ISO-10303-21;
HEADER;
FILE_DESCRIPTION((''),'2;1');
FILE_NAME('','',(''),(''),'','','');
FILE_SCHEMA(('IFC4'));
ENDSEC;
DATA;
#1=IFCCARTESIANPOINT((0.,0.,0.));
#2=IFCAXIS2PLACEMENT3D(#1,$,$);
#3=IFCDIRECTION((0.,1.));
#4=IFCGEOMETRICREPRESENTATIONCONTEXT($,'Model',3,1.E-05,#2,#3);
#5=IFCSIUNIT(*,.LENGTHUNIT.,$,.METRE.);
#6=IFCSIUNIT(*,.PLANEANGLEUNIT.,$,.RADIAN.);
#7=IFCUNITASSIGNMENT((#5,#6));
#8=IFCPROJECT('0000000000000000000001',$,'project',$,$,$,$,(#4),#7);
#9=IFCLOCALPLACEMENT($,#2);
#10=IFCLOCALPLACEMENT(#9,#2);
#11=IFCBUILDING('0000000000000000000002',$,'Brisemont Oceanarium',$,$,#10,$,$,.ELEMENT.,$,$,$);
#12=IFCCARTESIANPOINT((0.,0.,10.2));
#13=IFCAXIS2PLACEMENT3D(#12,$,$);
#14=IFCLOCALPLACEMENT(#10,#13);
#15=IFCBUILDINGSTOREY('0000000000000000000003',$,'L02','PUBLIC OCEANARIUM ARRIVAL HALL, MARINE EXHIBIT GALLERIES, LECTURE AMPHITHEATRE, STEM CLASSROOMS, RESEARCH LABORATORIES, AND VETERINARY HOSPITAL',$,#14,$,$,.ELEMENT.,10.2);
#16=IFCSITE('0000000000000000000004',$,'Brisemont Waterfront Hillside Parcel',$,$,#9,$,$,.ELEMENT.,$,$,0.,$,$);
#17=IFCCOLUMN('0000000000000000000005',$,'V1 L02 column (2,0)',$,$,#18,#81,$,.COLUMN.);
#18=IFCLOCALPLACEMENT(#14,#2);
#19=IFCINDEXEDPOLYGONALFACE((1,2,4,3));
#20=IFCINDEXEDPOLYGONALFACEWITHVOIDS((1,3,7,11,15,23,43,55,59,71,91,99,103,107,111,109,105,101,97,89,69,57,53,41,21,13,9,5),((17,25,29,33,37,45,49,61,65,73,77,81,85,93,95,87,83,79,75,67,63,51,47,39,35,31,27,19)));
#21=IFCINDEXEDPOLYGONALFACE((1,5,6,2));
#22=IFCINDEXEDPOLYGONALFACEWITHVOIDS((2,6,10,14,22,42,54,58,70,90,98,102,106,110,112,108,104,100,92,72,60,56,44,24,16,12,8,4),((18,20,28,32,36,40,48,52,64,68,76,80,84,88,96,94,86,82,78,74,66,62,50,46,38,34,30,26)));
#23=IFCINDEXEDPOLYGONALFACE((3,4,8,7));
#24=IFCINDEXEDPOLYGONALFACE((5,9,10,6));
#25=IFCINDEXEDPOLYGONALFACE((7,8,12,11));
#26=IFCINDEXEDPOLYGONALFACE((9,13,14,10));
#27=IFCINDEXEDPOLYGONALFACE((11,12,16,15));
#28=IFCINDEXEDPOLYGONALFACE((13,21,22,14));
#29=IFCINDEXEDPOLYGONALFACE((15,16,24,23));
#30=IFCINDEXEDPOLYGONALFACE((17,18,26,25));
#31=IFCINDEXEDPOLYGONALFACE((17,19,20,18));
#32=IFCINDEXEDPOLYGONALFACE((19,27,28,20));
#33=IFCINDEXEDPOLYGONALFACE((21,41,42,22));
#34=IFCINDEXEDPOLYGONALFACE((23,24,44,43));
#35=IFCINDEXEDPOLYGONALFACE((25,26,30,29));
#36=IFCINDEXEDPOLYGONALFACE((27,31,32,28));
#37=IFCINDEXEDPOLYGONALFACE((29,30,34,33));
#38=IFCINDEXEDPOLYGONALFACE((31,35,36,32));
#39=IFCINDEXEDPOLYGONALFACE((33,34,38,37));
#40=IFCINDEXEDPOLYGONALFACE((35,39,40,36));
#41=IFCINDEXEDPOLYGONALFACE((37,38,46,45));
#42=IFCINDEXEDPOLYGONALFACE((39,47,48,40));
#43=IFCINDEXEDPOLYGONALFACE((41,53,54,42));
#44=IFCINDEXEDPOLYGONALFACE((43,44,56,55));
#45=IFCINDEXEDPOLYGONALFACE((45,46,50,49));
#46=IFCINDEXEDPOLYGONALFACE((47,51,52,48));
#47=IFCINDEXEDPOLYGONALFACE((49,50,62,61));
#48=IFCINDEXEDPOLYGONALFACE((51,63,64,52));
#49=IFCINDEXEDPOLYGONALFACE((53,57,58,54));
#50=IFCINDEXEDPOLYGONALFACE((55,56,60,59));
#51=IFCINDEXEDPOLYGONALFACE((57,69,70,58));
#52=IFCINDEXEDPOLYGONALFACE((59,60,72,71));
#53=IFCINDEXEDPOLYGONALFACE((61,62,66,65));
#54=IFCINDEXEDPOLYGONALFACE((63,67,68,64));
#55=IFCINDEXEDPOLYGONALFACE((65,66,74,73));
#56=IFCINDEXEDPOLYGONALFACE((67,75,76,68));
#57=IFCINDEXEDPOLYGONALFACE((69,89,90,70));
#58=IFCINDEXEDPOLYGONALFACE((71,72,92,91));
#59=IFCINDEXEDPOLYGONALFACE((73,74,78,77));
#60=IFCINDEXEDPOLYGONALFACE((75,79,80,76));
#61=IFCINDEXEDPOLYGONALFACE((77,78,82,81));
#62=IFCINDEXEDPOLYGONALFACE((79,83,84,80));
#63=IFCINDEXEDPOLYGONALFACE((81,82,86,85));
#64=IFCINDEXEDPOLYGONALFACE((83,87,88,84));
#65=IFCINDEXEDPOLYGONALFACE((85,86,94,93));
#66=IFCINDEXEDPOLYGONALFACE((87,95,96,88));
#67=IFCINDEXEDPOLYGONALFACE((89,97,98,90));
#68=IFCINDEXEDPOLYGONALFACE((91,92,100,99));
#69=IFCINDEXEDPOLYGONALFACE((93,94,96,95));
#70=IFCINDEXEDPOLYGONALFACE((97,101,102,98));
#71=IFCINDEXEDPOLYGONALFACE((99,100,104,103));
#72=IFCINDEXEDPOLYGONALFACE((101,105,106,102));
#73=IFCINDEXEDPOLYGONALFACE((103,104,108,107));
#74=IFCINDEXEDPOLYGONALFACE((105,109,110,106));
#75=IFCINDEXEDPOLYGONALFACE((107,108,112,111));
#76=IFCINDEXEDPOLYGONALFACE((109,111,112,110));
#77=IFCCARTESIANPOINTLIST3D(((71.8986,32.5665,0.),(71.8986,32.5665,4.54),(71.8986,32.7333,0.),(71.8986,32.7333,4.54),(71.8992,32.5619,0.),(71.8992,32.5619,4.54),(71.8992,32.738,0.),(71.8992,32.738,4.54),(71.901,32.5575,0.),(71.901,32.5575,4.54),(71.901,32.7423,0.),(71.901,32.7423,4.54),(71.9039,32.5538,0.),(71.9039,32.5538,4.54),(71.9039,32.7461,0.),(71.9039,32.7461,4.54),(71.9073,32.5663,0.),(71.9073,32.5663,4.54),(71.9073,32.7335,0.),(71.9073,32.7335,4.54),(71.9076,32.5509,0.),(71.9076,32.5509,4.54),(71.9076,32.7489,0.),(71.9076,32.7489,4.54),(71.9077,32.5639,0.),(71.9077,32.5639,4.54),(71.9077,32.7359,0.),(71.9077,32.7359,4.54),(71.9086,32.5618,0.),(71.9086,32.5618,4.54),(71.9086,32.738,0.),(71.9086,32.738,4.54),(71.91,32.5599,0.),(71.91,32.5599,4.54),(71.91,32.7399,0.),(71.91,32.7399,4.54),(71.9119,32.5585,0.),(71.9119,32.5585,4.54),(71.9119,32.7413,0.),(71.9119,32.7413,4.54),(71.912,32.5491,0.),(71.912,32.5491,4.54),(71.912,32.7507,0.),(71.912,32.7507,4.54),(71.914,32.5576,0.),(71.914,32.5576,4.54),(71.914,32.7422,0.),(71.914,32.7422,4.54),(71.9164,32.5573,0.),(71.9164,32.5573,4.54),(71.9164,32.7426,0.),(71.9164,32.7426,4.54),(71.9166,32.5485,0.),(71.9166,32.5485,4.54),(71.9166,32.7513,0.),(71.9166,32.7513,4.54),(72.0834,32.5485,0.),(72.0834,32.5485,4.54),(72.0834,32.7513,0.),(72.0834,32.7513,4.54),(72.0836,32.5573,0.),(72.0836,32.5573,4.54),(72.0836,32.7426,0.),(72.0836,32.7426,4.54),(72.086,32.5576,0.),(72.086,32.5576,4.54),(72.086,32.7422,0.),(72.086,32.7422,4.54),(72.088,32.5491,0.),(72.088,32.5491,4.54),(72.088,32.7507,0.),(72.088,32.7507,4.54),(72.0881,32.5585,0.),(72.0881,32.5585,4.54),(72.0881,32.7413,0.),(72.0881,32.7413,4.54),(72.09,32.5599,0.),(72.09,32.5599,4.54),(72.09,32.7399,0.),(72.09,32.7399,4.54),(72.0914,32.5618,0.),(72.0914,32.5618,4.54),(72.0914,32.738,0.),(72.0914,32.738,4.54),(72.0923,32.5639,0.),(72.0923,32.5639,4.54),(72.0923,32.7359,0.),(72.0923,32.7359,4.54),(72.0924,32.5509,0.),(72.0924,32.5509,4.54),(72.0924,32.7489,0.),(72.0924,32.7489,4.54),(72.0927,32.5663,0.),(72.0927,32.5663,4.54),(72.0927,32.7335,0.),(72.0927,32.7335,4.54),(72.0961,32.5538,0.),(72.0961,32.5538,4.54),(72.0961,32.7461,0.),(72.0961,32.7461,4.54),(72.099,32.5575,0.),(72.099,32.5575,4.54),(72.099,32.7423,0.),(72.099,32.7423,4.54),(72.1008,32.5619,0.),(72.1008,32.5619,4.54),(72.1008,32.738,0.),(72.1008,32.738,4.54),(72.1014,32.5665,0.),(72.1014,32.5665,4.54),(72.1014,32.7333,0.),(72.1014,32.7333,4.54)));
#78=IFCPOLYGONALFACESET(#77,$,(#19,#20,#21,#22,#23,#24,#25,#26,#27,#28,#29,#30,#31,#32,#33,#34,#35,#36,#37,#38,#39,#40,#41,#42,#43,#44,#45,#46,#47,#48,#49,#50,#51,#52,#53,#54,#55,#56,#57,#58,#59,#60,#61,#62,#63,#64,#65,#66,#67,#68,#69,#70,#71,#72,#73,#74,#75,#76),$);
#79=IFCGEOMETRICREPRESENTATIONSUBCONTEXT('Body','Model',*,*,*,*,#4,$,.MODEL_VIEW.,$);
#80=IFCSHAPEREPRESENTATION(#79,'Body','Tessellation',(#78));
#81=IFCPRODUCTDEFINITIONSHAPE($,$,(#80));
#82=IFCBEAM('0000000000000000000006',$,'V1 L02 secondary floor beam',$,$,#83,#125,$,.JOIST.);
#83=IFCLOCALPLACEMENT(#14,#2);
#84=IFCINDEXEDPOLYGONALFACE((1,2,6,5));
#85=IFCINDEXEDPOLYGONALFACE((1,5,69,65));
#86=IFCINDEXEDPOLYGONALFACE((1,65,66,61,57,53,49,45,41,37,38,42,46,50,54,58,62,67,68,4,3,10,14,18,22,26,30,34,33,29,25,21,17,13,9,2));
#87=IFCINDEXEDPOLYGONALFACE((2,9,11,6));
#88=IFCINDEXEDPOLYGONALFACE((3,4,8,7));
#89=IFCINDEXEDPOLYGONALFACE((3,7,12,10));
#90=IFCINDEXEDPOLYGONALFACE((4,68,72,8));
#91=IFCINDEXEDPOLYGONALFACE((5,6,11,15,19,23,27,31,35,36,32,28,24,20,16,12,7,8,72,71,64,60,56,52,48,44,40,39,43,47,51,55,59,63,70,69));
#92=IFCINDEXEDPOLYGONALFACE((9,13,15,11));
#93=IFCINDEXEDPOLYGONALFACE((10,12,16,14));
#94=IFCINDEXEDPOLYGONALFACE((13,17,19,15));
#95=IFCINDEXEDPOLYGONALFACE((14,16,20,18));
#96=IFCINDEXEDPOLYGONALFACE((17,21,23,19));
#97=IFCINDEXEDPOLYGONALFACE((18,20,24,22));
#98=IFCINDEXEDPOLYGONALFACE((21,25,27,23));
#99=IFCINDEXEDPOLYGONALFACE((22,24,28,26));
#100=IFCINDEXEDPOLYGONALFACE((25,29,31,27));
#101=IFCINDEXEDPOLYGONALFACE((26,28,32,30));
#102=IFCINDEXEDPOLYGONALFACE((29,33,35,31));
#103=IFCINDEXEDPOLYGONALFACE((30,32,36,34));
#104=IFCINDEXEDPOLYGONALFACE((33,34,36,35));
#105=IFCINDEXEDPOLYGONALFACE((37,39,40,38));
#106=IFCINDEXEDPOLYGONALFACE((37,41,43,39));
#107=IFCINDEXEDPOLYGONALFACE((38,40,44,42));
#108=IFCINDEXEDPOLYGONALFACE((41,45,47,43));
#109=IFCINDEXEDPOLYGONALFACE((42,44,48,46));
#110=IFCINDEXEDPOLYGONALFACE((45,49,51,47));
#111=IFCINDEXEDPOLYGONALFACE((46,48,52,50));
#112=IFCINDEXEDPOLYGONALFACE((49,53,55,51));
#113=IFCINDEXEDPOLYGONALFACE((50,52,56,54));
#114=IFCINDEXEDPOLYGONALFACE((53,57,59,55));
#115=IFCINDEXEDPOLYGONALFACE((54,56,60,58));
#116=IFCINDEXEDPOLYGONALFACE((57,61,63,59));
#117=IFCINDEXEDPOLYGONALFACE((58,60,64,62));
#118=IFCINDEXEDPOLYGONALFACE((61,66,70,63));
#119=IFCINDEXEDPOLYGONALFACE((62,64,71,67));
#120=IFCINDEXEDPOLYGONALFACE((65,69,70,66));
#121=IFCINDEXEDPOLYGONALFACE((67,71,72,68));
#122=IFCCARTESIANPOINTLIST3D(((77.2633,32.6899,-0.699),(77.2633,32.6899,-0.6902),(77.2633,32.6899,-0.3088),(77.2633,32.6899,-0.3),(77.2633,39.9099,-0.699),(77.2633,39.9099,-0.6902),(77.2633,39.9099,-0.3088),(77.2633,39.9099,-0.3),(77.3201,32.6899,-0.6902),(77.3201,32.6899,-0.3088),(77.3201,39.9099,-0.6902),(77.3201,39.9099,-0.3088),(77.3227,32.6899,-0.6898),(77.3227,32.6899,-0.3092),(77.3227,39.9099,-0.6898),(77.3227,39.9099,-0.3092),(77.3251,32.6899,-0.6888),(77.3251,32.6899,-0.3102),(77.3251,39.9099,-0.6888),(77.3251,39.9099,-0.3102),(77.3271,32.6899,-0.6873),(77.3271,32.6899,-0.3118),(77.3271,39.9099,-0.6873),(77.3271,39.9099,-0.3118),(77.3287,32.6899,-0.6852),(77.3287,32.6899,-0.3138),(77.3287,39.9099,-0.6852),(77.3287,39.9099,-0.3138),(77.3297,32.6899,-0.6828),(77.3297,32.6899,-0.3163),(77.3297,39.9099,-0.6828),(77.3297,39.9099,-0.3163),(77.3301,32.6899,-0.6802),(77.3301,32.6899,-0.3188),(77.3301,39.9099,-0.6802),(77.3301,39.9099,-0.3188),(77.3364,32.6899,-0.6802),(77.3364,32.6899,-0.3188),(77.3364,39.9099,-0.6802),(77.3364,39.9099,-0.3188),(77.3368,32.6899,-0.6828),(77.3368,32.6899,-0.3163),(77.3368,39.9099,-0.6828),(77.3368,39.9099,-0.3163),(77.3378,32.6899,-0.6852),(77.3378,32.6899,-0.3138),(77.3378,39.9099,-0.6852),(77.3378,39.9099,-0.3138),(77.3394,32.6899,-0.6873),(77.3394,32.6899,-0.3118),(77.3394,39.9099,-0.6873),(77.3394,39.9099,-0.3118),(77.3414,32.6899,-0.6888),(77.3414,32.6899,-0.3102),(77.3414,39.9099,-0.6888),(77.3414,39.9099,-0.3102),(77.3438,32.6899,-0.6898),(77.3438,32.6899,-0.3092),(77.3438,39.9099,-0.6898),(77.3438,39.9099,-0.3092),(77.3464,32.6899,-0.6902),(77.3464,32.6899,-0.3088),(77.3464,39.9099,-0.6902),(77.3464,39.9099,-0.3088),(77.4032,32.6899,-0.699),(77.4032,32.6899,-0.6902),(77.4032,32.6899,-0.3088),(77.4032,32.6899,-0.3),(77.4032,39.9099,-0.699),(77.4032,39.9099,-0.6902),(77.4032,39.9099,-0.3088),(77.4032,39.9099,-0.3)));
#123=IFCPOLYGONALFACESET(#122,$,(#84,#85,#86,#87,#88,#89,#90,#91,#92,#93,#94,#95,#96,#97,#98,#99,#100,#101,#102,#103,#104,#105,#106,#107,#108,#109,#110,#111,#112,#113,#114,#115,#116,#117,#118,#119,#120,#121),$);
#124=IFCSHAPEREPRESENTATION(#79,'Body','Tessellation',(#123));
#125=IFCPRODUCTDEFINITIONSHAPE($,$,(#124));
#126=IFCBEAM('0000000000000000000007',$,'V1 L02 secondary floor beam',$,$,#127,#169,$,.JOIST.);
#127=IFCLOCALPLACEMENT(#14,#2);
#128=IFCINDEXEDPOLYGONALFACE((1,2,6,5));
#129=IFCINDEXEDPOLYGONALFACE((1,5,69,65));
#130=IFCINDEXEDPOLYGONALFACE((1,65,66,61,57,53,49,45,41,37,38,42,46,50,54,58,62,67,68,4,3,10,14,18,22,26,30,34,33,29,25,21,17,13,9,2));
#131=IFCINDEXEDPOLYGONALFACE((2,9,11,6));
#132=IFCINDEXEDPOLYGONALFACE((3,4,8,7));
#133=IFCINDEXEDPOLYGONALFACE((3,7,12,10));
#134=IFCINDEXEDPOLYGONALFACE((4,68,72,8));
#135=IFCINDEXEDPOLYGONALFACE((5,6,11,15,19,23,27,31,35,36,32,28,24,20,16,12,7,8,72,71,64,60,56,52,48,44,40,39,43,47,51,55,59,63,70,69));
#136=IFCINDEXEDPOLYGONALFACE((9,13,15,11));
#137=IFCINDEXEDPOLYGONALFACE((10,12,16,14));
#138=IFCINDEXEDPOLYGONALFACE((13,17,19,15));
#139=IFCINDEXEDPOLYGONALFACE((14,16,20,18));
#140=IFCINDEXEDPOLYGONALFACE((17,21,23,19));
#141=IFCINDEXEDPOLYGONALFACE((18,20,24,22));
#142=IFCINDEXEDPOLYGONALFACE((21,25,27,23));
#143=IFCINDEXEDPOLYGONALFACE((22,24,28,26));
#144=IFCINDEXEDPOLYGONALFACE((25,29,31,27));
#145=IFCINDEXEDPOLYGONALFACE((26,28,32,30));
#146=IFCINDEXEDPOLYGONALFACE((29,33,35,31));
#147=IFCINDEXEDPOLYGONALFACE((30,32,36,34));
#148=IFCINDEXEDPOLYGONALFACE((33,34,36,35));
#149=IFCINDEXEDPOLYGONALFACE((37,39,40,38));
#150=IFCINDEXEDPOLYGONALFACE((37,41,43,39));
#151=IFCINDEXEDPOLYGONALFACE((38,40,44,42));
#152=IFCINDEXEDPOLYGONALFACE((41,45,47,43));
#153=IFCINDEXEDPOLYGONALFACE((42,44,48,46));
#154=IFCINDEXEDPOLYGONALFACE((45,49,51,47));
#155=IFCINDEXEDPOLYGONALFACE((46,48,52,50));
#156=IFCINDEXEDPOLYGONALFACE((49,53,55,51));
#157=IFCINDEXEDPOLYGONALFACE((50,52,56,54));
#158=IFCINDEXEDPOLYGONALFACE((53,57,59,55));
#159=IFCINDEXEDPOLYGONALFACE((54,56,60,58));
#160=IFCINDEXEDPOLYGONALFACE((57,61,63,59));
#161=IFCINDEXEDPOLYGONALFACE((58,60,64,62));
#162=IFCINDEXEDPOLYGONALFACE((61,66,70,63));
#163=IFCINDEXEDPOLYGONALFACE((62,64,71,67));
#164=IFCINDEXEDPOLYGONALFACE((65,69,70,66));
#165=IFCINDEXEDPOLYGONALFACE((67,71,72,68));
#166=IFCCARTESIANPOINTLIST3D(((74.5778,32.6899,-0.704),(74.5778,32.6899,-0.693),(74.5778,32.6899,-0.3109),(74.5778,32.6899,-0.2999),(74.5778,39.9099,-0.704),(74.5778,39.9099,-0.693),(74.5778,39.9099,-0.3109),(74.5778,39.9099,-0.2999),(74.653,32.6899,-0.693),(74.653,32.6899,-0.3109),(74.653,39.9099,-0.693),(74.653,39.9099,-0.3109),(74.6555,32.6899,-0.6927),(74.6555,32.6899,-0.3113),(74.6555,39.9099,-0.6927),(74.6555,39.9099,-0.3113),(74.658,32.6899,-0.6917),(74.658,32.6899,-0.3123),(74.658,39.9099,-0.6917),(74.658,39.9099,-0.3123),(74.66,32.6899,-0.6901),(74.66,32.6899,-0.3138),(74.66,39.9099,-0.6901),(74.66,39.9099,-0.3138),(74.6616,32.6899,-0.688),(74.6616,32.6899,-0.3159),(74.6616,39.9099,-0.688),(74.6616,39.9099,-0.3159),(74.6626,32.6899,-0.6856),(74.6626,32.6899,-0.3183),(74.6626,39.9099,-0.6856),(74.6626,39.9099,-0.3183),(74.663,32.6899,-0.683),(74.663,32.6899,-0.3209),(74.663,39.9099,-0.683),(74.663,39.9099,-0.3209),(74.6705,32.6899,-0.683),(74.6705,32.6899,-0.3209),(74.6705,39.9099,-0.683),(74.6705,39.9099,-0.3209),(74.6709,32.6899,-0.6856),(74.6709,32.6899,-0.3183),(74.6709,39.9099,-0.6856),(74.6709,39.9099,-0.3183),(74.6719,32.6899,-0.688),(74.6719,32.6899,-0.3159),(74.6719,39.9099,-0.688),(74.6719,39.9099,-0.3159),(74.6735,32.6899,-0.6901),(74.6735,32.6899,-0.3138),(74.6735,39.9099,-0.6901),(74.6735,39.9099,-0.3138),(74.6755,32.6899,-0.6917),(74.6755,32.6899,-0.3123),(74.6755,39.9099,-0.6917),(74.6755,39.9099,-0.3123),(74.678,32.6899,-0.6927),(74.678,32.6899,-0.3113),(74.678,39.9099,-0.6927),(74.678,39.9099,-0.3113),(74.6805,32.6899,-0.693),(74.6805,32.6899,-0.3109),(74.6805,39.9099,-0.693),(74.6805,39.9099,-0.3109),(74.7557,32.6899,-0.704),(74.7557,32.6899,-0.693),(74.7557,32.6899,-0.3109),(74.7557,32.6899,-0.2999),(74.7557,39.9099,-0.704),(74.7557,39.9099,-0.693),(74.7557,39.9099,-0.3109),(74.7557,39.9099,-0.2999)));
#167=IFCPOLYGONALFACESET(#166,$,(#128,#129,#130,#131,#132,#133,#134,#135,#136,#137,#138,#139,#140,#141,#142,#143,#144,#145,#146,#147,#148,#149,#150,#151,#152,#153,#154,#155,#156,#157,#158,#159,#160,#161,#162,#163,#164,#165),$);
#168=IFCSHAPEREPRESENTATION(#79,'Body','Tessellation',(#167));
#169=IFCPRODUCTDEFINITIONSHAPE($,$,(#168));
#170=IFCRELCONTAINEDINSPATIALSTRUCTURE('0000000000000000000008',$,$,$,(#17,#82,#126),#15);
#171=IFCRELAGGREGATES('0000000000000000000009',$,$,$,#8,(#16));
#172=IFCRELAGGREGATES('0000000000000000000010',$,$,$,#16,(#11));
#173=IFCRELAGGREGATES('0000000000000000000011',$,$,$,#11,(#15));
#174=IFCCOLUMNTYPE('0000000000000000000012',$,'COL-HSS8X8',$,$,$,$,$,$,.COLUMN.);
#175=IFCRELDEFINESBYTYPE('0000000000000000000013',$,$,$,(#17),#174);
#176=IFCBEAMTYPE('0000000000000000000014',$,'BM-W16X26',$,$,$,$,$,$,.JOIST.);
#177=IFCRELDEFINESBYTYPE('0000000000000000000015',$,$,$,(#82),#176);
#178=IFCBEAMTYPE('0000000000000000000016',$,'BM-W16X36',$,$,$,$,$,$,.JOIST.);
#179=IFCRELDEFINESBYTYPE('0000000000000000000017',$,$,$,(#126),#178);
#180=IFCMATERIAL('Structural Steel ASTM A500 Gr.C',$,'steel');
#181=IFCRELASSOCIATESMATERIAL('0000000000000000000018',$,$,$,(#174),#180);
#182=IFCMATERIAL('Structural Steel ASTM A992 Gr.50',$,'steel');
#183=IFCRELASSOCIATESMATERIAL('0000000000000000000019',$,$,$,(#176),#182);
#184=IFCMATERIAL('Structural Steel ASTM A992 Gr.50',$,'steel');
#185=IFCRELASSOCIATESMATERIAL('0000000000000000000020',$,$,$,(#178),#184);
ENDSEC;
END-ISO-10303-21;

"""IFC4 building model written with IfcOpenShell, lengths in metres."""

from ifc_helpers import new_model, si_unit, direction, frame, origin, origin_2d, place, context, subcontext, project, spatial, hollow_rectangle, i_section, extrude, material, material_profile, profile_set, type_object, element, save


model = new_model("IFC4")

# Units and contexts
model_context = context("Model", 3, precision=1e-05, world=origin(), true_north=direction((0.0, 1.0)))
body_context = subcontext(model_context, "Body", "Model", "MODEL_VIEW")
ifc_project = project(units=[si_unit("LENGTHUNIT", "METRE"), si_unit("PLANEANGLEUNIT", "RADIAN")], contexts=[model_context])

# Site, building, storey
site_placement = place(None, origin())
site = spatial("IfcSite", under=ifc_project, at=site_placement, Name="Brisemont Waterfront Hillside Parcel", CompositionType="ELEMENT", RefElevation=0.0)
building_placement = place(site_placement, origin())
building = spatial("IfcBuilding", under=site, at=building_placement, Name="Brisemont Oceanarium", CompositionType="ELEMENT")
storey_placement = place(building_placement, frame((0.0, 0.0, 10.2)))
storey = spatial("IfcBuildingStorey", under=building, at=storey_placement, Name="L02", Description="PUBLIC OCEANARIUM ARRIVAL HALL, MARINE EXHIBIT GALLERIES, LECTURE AMPHITHEATRE, STEM CLASSROOMS, RESEARCH LABORATORIES, AND VETERINARY HOSPITAL", CompositionType="ELEMENT", Elevation=10.2)

# Column
ifc_material_1 = material(Name="Structural Steel ASTM A500 Gr.C", Category="steel")
ifc_material_profile_1 = material_profile(ifc_material_1, hollow_rectangle(XDim=0.2029, YDim=0.2029, WallThickness=0.0088, InnerFilletRadius=0.009, OuterFilletRadius=0.0181, at=origin_2d()), Name="HSS8X8X3/8")
ifc_profile_set_1 = profile_set([ifc_material_profile_1], Name="Structural Steel ASTM A500 Gr.C")
column_type_1 = type_object("IfcColumnType", Name="COL-HSS8X8", PredefinedType="COLUMN", material=ifc_profile_set_1)
column_1_placement = place(storey_placement, frame((72.0, 32.6499, 0.0), z_axis=(0.0, 0.0, 1.0), x_axis=(1.0, 0.0, 0.0)))
element("IfcColumn", 1, at=column_1_placement, inside=storey, type_object=column_type_1, Name="V1 L02 column (2,0)", PredefinedType="COLUMN", context=body_context, shape_type="SweptSolid", body=[
    extrude(hollow_rectangle(XDim=0.2029, YDim=0.2029, WallThickness=0.0088, InnerFilletRadius=0.009, OuterFilletRadius=0.0181, at=origin_2d()), origin(), (0.0, 0.0, 1.0), 4.54),
])

# Beams
ifc_material_2 = material(Name="Structural Steel ASTM A992 Gr.50", Category="steel")
ifc_material_profile_2 = material_profile(ifc_material_2, i_section(OverallWidth=0.1399, OverallDepth=0.3989, WebThickness=0.0063, FlangeThickness=0.0088, FilletRadius=0.01, at=origin_2d()), Name="W16X26")
ifc_profile_set_2 = profile_set([ifc_material_profile_2], Name="Structural Steel ASTM A992 Gr.50")
beam_type_1 = type_object("IfcBeamType", Name="BM-W16X26", PredefinedType="JOIST", material=ifc_profile_set_2)
beam_1_placement = place(storey_placement, frame((77.3333, 32.6899, -0.4995), z_axis=(0.0, 1.0, 0.0), x_axis=(-1.0, 0.0, 0.0)))
element("IfcBeam", 2, at=beam_1_placement, inside=storey, type_object=beam_type_1, Name="V1 L02 secondary floor beam", PredefinedType="JOIST", context=body_context, shape_type="SweptSolid", body=[
    extrude(i_section(OverallWidth=0.1399, OverallDepth=0.3989, WebThickness=0.0063, FlangeThickness=0.0088, FilletRadius=0.01, at=origin_2d()), origin(), (0.0, 0.0, 1.0), 7.22),
])
ifc_material_3 = material(Name="Structural Steel ASTM A992 Gr.50", Category="steel")
ifc_material_profile_3 = material_profile(ifc_material_3, i_section(OverallWidth=0.178, OverallDepth=0.4041, WebThickness=0.0076, FlangeThickness=0.011, FilletRadius=0.01, at=origin_2d()), Name="W16X36")
ifc_profile_set_3 = profile_set([ifc_material_profile_3], Name="Structural Steel ASTM A992 Gr.50")
beam_type_2 = type_object("IfcBeamType", Name="BM-W16X36", PredefinedType="JOIST", material=ifc_profile_set_3)
beam_2_placement = place(storey_placement, frame((74.6667, 32.6899, -0.502), z_axis=(0.0, 1.0, 0.0), x_axis=(-1.0, 0.0, 0.0)))
element("IfcBeam", 3, at=beam_2_placement, inside=storey, type_object=beam_type_2, Name="V1 L02 secondary floor beam", PredefinedType="JOIST", context=body_context, shape_type="SweptSolid", body=[
    extrude(i_section(OverallWidth=0.178, OverallDepth=0.4041, WebThickness=0.0076, FlangeThickness=0.011, FilletRadius=0.01, at=origin_2d()), origin(), (0.0, 0.0, 1.0), 7.22),
])

save(model, "model.ifc")
